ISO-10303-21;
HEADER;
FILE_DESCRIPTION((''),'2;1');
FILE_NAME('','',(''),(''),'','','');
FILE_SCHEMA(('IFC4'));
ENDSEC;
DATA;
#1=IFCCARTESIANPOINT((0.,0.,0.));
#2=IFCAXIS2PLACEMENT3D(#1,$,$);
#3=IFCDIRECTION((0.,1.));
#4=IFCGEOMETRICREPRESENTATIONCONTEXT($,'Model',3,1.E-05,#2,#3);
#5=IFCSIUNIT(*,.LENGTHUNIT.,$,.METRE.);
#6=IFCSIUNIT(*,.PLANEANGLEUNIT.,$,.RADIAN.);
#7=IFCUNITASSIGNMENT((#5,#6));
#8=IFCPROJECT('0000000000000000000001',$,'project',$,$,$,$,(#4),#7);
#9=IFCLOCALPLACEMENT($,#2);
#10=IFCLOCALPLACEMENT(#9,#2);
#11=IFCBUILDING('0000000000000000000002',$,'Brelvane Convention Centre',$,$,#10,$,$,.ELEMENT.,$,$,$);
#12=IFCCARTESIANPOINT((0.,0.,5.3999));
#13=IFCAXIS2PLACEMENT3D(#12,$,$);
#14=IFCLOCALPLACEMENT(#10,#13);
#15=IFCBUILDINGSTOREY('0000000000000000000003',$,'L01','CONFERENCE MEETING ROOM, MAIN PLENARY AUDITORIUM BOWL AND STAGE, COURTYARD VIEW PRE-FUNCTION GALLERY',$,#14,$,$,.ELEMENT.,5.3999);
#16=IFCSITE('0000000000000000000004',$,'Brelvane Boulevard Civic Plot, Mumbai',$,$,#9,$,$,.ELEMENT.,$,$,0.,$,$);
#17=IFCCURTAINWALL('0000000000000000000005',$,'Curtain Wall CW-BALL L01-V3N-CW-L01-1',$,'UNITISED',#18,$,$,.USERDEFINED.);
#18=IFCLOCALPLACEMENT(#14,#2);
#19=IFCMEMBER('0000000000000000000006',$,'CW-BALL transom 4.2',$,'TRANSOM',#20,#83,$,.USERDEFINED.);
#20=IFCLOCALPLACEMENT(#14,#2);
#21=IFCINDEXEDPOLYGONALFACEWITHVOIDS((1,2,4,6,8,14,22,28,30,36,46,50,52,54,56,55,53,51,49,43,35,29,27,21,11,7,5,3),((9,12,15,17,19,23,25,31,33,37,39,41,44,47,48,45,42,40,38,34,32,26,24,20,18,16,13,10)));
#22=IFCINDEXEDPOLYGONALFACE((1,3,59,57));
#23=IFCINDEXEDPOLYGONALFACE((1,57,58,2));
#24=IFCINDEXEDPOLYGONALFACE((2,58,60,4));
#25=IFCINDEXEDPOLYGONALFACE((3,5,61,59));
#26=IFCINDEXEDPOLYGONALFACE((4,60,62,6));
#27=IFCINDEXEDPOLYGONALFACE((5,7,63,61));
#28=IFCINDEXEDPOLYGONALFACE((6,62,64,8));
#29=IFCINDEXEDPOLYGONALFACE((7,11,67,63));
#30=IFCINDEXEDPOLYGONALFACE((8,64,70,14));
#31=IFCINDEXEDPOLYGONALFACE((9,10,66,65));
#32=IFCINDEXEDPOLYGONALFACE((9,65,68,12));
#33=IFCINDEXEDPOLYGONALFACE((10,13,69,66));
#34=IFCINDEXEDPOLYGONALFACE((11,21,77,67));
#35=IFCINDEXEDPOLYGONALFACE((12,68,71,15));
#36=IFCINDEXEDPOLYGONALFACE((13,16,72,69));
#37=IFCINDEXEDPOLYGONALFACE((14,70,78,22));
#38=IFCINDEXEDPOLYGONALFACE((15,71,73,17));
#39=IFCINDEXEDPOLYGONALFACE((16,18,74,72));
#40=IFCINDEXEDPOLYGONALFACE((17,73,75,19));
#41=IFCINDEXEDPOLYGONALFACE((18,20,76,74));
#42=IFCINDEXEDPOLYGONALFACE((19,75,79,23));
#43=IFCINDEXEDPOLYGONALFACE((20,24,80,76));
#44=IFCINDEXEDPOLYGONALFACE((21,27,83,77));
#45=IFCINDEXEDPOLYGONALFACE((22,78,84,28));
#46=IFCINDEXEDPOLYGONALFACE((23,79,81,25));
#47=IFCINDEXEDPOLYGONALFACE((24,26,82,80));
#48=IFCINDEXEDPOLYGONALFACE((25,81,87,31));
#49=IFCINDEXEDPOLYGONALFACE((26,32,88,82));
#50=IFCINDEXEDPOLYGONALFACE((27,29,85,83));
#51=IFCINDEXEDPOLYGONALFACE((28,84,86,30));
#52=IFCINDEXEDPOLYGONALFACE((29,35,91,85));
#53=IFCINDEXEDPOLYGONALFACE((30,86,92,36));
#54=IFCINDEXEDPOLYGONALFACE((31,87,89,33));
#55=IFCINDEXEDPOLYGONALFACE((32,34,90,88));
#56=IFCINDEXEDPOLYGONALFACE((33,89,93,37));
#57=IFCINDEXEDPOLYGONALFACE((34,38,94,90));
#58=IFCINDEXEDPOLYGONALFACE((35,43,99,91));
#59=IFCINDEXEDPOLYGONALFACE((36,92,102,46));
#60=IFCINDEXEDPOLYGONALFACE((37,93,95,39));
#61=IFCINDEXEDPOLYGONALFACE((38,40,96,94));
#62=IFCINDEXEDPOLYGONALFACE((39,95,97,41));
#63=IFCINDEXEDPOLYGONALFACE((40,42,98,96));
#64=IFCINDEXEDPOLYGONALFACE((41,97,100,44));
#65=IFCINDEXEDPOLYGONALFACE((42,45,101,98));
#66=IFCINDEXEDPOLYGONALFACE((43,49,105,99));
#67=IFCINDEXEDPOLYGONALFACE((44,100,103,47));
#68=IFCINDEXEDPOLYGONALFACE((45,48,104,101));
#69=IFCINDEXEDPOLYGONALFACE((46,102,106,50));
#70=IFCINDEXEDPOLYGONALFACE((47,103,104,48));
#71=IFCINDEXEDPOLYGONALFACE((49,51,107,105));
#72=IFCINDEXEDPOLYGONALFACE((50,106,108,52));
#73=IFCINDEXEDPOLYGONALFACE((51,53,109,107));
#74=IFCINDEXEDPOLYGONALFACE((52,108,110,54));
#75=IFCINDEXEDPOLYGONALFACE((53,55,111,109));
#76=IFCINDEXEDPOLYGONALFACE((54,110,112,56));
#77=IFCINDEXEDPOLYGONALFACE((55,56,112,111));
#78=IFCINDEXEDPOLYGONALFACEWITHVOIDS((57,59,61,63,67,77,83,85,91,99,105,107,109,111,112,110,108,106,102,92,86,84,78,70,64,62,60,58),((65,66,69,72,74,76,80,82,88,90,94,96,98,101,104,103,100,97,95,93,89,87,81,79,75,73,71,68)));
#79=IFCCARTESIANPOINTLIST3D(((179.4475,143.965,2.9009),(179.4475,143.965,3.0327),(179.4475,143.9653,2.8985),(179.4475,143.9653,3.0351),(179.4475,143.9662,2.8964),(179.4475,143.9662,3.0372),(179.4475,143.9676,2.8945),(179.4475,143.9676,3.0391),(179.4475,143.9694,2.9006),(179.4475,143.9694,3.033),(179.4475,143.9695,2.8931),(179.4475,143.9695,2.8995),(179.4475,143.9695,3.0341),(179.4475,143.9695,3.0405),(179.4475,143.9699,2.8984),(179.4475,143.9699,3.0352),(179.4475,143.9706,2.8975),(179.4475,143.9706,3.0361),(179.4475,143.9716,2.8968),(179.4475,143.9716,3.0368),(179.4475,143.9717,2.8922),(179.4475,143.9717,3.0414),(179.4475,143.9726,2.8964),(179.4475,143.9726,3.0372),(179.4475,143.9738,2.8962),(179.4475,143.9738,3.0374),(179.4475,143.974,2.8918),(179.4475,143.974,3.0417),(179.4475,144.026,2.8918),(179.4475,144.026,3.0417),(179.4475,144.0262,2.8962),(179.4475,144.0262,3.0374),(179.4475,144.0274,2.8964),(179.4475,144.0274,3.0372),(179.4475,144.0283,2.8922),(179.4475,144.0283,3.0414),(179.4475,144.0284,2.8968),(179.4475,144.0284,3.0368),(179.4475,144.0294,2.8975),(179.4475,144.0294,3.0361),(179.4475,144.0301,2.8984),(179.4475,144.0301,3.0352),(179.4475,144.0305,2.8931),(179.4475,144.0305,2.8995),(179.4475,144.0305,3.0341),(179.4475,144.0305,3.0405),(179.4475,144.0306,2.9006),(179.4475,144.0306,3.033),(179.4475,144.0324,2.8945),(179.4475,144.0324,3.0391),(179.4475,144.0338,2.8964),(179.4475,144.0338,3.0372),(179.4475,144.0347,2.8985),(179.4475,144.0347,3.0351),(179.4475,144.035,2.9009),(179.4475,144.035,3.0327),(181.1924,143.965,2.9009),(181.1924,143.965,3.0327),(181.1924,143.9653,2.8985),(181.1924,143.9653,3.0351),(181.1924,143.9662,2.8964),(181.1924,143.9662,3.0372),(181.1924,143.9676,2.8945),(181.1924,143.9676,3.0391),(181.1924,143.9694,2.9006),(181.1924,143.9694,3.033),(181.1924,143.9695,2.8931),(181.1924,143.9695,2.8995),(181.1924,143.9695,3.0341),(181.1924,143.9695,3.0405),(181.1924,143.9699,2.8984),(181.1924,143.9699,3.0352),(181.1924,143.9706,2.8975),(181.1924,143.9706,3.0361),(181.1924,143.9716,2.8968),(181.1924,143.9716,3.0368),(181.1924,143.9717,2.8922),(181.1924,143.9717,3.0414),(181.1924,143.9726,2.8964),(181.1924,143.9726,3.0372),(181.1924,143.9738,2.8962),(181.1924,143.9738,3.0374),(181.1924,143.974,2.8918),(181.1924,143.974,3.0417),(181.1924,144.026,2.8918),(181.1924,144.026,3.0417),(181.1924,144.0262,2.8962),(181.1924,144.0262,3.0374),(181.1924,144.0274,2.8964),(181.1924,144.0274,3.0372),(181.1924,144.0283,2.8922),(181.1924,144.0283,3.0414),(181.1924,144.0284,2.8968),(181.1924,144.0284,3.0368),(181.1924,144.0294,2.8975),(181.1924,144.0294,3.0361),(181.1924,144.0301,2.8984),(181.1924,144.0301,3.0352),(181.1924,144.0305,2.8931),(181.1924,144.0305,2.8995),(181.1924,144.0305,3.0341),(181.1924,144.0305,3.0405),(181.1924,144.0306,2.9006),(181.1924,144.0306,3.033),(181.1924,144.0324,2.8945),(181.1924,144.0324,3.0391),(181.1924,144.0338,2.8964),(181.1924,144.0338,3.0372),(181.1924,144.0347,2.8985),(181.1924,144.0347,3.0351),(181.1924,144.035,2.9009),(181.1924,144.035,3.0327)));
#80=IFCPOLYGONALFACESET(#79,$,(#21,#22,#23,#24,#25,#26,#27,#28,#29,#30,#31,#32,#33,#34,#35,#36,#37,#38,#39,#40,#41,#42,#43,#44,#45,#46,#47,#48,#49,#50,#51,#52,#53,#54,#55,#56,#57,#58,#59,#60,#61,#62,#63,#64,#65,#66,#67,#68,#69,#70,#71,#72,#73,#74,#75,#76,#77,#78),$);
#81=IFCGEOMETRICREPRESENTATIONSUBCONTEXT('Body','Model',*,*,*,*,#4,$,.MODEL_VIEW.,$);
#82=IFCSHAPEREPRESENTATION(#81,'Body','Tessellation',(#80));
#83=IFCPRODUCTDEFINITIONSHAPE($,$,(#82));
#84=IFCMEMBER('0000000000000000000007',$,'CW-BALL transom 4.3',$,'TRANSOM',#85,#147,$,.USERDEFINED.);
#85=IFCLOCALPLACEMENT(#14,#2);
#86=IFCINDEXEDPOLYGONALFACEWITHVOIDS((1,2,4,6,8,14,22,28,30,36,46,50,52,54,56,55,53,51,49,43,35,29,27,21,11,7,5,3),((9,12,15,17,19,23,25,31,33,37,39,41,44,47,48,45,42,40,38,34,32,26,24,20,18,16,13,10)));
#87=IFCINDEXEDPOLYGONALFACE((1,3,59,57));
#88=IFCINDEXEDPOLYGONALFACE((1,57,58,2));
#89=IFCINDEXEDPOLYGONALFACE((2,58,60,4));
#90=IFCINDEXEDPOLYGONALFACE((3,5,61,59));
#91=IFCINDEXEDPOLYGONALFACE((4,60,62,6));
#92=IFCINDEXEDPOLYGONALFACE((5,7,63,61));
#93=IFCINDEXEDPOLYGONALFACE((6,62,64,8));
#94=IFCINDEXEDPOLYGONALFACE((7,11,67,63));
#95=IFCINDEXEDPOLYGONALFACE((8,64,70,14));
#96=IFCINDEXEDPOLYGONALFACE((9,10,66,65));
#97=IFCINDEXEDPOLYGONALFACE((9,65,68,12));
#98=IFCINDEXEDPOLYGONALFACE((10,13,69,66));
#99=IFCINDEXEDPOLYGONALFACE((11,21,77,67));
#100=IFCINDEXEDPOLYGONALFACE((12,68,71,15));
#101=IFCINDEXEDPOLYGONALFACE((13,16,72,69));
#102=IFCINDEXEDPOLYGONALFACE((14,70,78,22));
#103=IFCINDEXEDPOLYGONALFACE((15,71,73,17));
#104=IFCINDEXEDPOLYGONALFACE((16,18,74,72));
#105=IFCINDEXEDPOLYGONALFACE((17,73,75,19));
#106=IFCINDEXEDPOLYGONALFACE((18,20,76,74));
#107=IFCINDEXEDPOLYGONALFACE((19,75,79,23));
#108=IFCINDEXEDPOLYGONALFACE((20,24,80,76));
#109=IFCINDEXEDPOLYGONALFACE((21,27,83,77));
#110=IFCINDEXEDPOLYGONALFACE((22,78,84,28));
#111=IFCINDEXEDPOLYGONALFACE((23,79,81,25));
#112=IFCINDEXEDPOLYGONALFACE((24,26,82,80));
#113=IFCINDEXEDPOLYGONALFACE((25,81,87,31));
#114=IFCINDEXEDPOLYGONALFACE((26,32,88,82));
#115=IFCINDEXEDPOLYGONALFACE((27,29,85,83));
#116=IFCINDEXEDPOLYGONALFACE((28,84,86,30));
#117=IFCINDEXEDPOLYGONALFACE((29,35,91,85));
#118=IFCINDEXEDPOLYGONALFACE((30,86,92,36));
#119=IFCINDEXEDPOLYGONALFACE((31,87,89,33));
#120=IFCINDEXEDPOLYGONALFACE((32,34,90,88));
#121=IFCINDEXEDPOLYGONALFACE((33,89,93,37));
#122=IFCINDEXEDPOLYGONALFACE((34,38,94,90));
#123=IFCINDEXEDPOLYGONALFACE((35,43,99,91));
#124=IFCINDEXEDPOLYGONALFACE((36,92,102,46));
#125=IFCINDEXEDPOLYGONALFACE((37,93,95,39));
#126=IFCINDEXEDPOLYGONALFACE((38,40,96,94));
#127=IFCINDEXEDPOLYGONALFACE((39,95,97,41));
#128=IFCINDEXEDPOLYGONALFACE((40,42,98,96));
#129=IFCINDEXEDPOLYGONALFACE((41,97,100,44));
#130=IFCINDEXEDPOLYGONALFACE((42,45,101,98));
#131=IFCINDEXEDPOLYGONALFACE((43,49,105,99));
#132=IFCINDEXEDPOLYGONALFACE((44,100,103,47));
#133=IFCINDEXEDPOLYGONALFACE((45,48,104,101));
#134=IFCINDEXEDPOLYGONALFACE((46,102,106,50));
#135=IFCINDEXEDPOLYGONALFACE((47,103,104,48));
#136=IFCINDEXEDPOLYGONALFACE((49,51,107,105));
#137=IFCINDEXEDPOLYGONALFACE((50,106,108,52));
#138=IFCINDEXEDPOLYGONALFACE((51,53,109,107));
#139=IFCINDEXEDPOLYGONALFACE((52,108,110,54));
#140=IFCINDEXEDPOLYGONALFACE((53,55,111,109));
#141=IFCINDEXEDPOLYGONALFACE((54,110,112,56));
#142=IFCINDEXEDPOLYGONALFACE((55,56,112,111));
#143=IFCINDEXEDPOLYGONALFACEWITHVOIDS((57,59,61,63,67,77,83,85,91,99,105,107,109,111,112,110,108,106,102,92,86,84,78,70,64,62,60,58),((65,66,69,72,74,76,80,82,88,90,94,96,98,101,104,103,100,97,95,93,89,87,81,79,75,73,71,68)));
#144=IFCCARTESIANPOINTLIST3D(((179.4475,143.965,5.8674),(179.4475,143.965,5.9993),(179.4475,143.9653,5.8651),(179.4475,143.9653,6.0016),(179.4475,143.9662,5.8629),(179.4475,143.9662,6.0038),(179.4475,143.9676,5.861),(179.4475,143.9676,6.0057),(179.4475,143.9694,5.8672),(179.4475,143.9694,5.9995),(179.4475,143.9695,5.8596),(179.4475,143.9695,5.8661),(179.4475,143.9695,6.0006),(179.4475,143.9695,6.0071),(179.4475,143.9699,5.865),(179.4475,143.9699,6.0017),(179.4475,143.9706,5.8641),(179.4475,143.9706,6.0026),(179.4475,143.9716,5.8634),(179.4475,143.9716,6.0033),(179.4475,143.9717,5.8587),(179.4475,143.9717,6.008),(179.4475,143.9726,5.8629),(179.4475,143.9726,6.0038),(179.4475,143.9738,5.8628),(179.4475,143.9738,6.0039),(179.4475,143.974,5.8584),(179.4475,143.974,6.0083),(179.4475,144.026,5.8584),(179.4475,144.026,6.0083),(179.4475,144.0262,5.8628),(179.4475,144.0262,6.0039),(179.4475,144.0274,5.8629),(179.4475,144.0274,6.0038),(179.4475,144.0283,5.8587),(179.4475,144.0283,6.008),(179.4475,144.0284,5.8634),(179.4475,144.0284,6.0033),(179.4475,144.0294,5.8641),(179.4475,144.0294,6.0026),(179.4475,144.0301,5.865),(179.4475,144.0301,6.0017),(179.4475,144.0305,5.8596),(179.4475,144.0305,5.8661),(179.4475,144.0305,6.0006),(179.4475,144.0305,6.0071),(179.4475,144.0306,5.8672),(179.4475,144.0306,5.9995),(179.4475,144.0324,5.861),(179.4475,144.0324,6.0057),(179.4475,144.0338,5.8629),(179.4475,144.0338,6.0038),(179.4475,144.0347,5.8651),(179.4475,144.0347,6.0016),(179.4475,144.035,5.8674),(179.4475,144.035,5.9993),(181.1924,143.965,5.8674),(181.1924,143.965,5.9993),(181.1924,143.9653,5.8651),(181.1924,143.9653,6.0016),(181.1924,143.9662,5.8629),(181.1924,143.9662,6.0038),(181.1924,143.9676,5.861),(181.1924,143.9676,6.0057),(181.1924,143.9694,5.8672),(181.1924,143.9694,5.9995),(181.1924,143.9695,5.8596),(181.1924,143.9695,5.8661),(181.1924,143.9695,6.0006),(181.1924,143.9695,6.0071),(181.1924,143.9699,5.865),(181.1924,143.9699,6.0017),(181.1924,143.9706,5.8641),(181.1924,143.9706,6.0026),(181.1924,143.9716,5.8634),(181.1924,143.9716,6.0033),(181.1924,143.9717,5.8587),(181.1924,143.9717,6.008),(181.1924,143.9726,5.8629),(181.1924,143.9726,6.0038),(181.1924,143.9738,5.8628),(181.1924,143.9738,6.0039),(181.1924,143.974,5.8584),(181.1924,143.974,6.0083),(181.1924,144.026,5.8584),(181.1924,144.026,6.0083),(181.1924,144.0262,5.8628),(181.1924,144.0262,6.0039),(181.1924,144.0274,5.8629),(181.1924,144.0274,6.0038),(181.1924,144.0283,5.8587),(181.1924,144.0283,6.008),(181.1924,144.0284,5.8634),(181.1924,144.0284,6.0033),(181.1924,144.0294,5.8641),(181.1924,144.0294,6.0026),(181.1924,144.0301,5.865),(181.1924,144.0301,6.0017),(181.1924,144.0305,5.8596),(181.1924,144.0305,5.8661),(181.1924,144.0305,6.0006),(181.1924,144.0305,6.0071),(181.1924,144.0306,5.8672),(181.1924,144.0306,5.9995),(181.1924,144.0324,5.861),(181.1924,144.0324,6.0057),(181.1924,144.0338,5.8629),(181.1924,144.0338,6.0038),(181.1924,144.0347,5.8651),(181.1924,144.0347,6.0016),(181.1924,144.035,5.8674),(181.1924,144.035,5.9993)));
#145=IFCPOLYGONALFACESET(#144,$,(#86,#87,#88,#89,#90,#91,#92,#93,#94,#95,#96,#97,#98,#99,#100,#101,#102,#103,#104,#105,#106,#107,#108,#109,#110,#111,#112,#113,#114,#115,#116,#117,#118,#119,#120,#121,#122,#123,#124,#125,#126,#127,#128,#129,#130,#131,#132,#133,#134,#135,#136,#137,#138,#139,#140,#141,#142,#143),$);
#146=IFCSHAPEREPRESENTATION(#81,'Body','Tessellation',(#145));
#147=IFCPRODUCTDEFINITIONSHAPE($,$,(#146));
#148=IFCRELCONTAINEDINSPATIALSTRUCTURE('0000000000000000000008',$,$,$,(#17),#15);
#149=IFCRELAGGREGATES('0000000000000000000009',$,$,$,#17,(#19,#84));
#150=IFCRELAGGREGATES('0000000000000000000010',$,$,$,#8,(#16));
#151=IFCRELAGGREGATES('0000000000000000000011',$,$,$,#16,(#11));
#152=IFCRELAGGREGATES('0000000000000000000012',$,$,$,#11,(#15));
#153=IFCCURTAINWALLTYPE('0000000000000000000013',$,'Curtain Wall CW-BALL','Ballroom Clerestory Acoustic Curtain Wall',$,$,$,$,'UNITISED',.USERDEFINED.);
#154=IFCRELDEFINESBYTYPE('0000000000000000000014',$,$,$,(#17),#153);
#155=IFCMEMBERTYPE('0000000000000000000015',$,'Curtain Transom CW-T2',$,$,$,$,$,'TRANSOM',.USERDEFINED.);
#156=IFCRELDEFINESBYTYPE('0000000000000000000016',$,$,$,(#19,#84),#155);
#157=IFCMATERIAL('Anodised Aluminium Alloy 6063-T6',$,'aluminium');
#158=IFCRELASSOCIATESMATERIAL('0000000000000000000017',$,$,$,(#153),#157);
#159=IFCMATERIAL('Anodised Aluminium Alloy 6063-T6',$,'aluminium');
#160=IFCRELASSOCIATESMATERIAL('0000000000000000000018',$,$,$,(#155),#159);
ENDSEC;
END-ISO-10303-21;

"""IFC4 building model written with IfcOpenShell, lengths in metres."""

from ifc_helpers import new_model, si_unit, direction, frame, origin, origin_2d, place, context, subcontext, project, spatial, hollow_rectangle, extrude, material, material_profile, profile_set, type_object, element, aggregate, save


model = new_model("IFC4")

# Units and contexts
model_context = context("Model", 3, precision=1e-05, world=origin(), true_north=direction((0.0, 1.0)))
body_context = subcontext(model_context, "Body", "Model", "MODEL_VIEW")
ifc_project = project(units=[si_unit("LENGTHUNIT", "METRE"), si_unit("PLANEANGLEUNIT", "RADIAN")], contexts=[model_context])

# Site, building, storey
site_placement = place(None, origin())
site = spatial("IfcSite", under=ifc_project, at=site_placement, Name="Brelvane Boulevard Civic Plot, Mumbai", CompositionType="ELEMENT", RefElevation=0.0)
building_placement = place(site_placement, origin())
building = spatial("IfcBuilding", under=site, at=building_placement, Name="Brelvane Convention Centre", CompositionType="ELEMENT")
storey_placement = place(building_placement, frame((0.0, 0.0, 5.3999)))
storey = spatial("IfcBuildingStorey", under=building, at=storey_placement, Name="L01", Description="CONFERENCE MEETING ROOM, MAIN PLENARY AUDITORIUM BOWL AND STAGE, COURTYARD VIEW PRE-FUNCTION GALLERY", CompositionType="ELEMENT", Elevation=5.3999)

# Curtain wall, members
ifc_material_1 = material(Name="Anodised Aluminium Alloy 6063-T6", Category="aluminium")
curtain_wall_type = type_object("IfcCurtainWallType", Name="Curtain Wall CW-BALL", Description="Ballroom Clerestory Acoustic Curtain Wall", ElementType="UNITISED", PredefinedType="USERDEFINED", material=ifc_material_1)
curtain_wall_placement = place(storey_placement, origin())
curtain_wall = element("IfcCurtainWall", 1, at=curtain_wall_placement, inside=storey, type_object=curtain_wall_type, Name="Curtain Wall CW-BALL L01-V3N-CW-L01-1", ObjectType="UNITISED", PredefinedType="USERDEFINED")
ifc_material_2 = material(Name="Anodised Aluminium Alloy 6063-T6", Category="aluminium")
ifc_material_profile_1 = material_profile(ifc_material_2, hollow_rectangle(XDim=0.0701, YDim=0.1499, WallThickness=0.0044, InnerFilletRadius=0.0044, OuterFilletRadius=0.009, at=origin_2d()), Name="ALU-T 150x70x4.5")
ifc_profile_set_1 = profile_set([ifc_material_profile_1], Name="Anodised Aluminium Alloy 6063-T6")
member_type_1 = type_object("IfcMemberType", Name="Curtain Transom CW-T2", ElementType="TRANSOM", PredefinedType="USERDEFINED", material=ifc_profile_set_1)
member_1_placement = place(storey_placement, frame((179.4475, 144.0, 2.9668), z_axis=(1.0, 0.0, 0.0), x_axis=(0.0, 1.0, 0.0)))
member_1 = element("IfcMember", 2, at=member_1_placement, type_object=member_type_1, Name="CW-BALL transom 4.2", ObjectType="TRANSOM", PredefinedType="USERDEFINED", context=body_context, shape_type="SweptSolid", body=[
    extrude(hollow_rectangle(XDim=0.0701, YDim=0.1499, WallThickness=0.0044, InnerFilletRadius=0.0044, OuterFilletRadius=0.009, at=origin_2d()), origin(), (0.0, 0.0, 1.0), 1.7449),
])
member_2_placement = place(storey_placement, frame((179.4475, 144.0, 5.9333), z_axis=(1.0, 0.0, 0.0), x_axis=(0.0, 1.0, 0.0)))
member_2 = element("IfcMember", 3, at=member_2_placement, type_object=member_type_1, Name="CW-BALL transom 4.3", ObjectType="TRANSOM", PredefinedType="USERDEFINED", context=body_context, shape_type="SweptSolid", body=[
    extrude(hollow_rectangle(XDim=0.0701, YDim=0.1499, WallThickness=0.0044, InnerFilletRadius=0.0044, OuterFilletRadius=0.009, at=origin_2d()), origin(), (0.0, 0.0, 1.0), 1.7449),
])
aggregate(curtain_wall, [member_1, member_2])

save(model, "model.ifc")
